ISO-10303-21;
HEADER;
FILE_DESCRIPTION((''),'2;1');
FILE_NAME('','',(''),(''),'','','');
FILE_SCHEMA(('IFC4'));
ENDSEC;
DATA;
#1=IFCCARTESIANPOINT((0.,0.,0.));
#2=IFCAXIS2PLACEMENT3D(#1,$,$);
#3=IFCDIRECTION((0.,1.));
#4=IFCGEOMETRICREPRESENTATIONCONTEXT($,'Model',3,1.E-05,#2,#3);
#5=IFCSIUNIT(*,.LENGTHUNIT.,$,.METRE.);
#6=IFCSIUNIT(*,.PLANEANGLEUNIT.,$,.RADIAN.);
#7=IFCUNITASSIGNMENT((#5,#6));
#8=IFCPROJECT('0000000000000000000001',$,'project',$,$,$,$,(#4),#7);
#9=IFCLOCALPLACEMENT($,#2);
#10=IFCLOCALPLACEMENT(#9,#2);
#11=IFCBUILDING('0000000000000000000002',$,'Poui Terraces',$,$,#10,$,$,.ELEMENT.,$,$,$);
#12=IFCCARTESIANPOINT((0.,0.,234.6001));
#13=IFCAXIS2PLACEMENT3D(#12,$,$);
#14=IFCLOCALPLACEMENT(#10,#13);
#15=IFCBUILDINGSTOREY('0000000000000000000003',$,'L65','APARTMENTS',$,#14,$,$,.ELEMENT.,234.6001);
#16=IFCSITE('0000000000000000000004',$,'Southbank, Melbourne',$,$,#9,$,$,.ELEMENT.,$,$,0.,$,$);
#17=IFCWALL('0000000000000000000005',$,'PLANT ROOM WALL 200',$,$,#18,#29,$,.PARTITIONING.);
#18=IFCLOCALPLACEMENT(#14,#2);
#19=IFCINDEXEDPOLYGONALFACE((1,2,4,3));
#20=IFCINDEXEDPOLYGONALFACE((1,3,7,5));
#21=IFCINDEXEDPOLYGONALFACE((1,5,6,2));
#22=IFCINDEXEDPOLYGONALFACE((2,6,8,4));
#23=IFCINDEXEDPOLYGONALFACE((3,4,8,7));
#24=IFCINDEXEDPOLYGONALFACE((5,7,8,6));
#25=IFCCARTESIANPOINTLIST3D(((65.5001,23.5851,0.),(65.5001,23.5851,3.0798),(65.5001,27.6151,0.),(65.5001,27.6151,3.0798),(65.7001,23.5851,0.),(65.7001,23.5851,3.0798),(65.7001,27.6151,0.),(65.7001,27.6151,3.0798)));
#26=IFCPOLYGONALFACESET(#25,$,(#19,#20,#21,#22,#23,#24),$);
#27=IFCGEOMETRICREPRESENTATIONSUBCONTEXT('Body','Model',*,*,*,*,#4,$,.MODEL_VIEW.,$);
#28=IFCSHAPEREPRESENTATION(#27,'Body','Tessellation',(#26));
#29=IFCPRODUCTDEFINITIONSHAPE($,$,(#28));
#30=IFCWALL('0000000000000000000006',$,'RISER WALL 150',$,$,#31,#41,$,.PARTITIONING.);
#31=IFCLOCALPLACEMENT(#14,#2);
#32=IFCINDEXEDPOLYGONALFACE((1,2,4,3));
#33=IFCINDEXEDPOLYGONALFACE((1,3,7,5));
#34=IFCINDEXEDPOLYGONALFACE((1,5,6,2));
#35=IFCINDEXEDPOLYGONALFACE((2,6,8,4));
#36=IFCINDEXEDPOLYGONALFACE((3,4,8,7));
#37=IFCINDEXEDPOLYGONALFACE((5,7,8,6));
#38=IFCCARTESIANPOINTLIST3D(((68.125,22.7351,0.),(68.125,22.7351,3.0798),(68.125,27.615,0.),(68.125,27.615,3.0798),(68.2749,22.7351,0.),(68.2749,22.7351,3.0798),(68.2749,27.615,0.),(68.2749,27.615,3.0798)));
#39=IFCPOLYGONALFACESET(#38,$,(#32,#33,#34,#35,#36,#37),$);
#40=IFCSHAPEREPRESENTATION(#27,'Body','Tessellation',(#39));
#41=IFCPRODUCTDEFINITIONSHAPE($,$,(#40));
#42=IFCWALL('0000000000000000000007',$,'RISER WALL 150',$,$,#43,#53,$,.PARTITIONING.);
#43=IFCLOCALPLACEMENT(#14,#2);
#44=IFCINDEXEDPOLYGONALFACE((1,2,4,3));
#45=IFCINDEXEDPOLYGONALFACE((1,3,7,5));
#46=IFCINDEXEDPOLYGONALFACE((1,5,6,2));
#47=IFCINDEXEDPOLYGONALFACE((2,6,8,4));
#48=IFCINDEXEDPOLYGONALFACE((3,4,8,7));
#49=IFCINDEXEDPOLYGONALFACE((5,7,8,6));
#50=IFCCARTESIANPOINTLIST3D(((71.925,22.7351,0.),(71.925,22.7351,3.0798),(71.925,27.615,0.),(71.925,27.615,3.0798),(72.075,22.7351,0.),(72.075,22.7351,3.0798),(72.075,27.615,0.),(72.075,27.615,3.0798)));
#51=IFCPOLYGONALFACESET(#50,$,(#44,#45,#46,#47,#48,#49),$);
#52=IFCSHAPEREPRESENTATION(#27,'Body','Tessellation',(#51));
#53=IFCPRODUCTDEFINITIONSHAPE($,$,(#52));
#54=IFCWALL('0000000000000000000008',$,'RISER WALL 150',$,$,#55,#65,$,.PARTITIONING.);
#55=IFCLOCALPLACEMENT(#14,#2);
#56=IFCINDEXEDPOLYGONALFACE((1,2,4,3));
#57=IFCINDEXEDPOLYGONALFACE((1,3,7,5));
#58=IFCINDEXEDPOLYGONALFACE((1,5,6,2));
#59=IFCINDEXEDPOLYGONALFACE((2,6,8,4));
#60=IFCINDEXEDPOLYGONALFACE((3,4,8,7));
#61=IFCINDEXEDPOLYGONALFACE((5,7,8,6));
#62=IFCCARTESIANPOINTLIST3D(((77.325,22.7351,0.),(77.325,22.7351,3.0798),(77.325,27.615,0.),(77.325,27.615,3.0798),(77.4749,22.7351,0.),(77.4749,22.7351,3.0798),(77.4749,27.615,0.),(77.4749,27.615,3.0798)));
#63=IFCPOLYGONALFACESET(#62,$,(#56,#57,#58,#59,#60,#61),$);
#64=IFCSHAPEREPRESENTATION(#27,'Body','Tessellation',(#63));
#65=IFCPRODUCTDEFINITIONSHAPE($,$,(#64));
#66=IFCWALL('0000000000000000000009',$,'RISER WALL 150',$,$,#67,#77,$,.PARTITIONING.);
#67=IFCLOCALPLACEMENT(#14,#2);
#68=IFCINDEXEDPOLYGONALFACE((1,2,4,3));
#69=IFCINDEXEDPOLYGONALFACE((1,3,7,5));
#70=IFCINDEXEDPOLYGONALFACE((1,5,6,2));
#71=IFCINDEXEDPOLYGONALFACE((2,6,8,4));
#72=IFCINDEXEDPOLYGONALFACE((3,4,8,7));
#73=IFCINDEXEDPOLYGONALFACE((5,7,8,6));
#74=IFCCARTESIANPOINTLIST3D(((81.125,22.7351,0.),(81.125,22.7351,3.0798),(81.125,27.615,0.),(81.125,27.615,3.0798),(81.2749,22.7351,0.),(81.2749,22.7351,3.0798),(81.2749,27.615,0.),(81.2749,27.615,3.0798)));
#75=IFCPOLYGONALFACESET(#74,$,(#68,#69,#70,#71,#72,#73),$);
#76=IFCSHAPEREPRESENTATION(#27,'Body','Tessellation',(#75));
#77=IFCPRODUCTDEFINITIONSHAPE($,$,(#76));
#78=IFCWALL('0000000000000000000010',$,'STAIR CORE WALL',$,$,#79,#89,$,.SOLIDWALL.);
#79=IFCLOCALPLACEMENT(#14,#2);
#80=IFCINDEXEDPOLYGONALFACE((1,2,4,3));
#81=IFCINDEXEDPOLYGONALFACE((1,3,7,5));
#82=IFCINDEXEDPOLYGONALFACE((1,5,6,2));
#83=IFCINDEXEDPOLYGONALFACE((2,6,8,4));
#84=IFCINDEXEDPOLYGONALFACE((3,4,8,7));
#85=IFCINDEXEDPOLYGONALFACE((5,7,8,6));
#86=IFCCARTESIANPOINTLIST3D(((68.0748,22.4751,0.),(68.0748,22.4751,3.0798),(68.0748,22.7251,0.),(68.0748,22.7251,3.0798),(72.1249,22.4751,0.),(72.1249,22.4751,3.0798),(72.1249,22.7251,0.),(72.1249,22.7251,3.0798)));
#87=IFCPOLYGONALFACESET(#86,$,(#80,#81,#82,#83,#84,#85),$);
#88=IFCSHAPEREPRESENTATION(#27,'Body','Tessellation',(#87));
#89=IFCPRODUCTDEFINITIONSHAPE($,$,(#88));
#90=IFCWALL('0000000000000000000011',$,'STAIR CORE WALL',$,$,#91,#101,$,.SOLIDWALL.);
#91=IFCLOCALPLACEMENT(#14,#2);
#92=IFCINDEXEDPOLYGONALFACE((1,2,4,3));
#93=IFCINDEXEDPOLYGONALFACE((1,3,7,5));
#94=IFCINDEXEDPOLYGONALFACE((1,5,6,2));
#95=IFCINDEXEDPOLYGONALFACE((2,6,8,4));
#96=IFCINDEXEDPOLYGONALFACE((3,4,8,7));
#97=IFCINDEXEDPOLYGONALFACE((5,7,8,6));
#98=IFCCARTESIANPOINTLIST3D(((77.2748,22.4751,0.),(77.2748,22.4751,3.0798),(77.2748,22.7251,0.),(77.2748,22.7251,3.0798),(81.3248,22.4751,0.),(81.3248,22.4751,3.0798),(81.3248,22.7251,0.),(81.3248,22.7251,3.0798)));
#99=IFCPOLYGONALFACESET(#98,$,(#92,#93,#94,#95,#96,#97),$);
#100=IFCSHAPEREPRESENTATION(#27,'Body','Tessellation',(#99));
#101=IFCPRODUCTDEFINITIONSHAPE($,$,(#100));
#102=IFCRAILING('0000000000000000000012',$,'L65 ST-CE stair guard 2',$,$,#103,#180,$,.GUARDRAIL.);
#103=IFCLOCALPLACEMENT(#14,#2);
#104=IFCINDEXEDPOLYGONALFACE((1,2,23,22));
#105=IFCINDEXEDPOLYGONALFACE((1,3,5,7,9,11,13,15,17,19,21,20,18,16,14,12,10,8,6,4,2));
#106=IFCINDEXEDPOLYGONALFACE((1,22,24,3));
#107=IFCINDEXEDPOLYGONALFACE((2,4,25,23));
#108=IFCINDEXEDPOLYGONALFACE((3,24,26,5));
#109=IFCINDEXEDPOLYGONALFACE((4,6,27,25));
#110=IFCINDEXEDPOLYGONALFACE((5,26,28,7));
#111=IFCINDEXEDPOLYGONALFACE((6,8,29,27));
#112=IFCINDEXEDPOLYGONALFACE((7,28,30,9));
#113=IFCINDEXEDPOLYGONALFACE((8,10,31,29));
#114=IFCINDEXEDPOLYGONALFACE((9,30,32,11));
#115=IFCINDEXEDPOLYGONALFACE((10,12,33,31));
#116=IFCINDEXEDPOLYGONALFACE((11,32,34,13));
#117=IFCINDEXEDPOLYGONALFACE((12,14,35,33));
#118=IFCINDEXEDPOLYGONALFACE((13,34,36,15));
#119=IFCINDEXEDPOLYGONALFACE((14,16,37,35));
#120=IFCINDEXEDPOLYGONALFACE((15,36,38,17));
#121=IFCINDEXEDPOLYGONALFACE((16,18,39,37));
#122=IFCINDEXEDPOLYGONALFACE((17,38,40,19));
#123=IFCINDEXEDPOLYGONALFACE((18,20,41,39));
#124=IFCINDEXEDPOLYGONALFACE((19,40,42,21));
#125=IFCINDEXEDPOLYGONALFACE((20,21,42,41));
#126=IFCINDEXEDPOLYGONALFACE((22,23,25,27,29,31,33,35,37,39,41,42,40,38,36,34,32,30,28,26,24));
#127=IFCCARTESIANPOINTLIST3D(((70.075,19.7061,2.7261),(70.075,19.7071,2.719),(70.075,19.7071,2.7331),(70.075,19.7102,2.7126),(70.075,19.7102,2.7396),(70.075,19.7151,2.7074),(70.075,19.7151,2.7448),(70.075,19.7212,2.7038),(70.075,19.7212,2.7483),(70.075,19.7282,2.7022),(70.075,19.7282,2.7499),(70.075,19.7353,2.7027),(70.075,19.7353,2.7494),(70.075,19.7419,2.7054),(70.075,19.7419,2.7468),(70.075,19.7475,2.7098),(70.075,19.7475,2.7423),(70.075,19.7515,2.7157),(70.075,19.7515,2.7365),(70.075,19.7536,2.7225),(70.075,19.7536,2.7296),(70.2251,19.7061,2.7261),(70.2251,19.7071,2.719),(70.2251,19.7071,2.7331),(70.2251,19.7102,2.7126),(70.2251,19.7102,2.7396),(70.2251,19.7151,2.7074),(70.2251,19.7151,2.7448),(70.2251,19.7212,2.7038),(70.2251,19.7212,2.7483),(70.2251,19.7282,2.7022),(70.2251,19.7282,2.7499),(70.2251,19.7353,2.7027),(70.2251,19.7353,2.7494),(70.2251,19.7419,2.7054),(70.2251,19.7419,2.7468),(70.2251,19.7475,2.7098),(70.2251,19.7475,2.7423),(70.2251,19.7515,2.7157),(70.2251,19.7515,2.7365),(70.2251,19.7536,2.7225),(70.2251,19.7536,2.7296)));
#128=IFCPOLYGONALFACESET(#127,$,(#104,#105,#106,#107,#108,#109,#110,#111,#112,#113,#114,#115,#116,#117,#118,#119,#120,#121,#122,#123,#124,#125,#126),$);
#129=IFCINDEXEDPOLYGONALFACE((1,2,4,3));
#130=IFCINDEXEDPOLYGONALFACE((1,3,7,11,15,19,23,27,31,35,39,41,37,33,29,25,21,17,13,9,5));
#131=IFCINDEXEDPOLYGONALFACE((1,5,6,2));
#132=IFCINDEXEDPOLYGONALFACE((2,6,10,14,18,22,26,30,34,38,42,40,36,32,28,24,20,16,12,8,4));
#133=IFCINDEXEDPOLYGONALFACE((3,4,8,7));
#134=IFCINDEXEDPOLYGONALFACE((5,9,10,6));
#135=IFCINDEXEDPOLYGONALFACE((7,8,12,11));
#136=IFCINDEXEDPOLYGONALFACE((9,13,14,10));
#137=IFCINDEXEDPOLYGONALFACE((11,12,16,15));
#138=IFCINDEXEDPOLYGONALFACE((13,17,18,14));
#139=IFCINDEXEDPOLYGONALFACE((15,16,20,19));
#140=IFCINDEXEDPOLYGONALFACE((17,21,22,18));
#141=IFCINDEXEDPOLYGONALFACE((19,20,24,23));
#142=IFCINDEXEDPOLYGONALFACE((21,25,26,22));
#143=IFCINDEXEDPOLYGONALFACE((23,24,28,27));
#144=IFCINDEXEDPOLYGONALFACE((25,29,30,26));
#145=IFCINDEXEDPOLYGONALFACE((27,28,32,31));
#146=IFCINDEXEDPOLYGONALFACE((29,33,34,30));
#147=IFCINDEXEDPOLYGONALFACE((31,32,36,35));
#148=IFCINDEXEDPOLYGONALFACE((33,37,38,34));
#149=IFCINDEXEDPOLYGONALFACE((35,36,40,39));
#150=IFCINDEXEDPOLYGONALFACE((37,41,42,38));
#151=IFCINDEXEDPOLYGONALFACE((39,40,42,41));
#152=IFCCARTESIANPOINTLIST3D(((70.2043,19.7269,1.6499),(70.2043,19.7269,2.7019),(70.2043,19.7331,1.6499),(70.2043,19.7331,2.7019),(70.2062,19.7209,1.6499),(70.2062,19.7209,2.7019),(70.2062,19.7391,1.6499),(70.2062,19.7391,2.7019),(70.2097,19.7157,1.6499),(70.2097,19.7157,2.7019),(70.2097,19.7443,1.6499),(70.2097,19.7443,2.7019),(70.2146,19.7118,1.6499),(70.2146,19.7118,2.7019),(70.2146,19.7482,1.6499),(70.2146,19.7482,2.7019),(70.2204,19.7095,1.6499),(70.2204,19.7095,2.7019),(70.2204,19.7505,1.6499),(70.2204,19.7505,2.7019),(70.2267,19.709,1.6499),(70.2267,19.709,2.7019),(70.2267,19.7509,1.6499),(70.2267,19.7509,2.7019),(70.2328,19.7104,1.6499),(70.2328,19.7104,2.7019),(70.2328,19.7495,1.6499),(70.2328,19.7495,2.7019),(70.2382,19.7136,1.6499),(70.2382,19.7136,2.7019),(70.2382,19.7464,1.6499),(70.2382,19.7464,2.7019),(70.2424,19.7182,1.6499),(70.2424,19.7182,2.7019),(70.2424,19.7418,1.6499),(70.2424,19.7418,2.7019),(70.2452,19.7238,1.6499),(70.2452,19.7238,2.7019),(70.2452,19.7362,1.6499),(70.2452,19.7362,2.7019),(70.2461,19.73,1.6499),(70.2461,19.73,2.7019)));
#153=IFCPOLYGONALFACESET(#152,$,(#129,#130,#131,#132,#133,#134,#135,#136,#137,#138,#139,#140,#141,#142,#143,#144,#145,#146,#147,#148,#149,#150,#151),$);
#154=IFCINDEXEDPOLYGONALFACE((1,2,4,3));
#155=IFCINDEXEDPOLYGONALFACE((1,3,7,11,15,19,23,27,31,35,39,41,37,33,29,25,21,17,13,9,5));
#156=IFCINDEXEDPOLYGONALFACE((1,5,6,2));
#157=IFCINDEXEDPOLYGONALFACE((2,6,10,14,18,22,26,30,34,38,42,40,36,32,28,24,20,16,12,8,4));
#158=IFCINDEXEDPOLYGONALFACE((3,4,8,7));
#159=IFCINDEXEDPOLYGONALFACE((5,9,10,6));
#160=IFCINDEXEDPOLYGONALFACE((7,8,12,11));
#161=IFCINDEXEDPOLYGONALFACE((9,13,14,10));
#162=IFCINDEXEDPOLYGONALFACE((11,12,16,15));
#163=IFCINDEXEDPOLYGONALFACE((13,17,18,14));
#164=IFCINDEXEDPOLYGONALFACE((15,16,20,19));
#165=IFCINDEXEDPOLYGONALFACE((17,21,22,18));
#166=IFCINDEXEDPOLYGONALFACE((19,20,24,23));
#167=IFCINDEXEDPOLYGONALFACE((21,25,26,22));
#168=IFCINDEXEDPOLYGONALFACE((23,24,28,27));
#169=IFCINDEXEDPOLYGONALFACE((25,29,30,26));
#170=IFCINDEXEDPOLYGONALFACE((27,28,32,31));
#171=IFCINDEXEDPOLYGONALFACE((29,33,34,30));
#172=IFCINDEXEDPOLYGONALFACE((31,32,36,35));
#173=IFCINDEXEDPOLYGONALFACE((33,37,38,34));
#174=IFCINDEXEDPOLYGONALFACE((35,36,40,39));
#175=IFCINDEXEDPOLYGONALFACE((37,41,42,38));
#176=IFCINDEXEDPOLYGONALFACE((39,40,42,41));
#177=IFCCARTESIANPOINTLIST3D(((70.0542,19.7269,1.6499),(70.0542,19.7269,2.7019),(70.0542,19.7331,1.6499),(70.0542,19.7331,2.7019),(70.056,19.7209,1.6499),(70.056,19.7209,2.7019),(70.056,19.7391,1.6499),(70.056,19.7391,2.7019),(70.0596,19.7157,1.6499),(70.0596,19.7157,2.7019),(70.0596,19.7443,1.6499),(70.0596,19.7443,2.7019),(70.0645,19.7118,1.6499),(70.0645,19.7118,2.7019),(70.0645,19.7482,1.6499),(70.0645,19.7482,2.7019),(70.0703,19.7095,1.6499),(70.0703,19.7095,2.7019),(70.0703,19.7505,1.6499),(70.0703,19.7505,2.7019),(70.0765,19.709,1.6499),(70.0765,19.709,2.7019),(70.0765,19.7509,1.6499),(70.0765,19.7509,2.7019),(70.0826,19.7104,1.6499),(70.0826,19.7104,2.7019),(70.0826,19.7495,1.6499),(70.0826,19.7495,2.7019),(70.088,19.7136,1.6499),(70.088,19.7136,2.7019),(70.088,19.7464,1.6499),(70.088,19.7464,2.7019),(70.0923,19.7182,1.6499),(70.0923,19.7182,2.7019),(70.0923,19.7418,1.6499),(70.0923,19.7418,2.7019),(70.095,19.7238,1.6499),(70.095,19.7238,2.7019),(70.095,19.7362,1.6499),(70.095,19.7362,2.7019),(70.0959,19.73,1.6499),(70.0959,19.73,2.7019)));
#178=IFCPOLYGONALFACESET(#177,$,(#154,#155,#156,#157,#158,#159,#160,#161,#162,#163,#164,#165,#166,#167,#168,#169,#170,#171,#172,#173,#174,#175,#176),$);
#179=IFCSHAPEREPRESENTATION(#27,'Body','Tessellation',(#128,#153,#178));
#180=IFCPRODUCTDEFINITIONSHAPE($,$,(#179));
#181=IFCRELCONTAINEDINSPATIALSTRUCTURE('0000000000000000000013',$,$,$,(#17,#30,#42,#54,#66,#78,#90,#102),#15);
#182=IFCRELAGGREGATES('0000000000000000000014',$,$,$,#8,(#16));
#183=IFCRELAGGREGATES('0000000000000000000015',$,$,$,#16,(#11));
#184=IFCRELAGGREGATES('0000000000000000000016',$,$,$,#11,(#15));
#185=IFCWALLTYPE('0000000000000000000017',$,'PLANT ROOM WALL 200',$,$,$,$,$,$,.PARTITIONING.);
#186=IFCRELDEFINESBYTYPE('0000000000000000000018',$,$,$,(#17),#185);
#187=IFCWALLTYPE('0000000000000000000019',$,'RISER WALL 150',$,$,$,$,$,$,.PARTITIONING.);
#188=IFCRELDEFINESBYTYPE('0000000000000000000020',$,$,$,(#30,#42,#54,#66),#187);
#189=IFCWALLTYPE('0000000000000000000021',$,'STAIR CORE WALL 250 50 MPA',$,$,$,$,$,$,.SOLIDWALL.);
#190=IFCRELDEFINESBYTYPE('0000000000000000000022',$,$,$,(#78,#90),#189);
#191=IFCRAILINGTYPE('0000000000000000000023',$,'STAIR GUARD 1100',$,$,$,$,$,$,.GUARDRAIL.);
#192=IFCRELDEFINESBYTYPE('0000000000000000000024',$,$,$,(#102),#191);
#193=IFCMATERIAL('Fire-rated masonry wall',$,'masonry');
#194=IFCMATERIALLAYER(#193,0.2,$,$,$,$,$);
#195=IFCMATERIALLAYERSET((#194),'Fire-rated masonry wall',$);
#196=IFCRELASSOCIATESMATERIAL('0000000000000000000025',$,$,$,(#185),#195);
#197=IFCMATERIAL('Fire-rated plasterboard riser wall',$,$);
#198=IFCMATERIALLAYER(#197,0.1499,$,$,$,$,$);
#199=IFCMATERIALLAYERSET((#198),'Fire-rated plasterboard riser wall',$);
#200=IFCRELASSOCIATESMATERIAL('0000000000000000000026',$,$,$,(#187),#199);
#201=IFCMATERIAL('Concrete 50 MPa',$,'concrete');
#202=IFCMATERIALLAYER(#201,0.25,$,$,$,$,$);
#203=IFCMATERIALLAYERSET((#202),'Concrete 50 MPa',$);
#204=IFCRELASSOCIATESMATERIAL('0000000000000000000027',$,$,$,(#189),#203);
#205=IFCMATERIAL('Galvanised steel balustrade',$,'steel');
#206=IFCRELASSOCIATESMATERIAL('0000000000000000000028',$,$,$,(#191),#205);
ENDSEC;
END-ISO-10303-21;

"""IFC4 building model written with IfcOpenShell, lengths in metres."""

from ifc_helpers import new_model, si_unit, direction, frame, frame_2d, origin, origin_2d, place, context, subcontext, project, spatial, rectangle, circle, extrude, material, layer, layer_set, type_object, element, save


model = new_model("IFC4")

# Units and contexts
model_context = context("Model", 3, precision=1e-05, world=origin(), true_north=direction((0.0, 1.0)))
body_context = subcontext(model_context, "Body", "Model", "MODEL_VIEW")
ifc_project = project(units=[si_unit("LENGTHUNIT", "METRE"), si_unit("PLANEANGLEUNIT", "RADIAN")], contexts=[model_context])

# Site, building, storey
site_placement = place(None, origin())
site = spatial("IfcSite", under=ifc_project, at=site_placement, Name="Southbank, Melbourne", CompositionType="ELEMENT", RefElevation=0.0)
building_placement = place(site_placement, origin())
building = spatial("IfcBuilding", under=site, at=building_placement, Name="Poui Terraces", CompositionType="ELEMENT")
storey_placement = place(building_placement, frame((0.0, 0.0, 234.6001)))
storey = spatial("IfcBuildingStorey", under=building, at=storey_placement, Name="L65", Description="APARTMENTS", CompositionType="ELEMENT", Elevation=234.6001)

# Shared definitions
ifc_material_1 = material(Name="Concrete 50 MPa", Category="concrete")

# Walls
ifc_material_2 = material(Name="Fire-rated masonry wall", Category="masonry")
ifc_layer_1 = layer(ifc_material_2, 0.2)
ifc_layer_set_1 = layer_set([ifc_layer_1], Name="Fire-rated masonry wall")
wall_type_1 = type_object("IfcWallType", Name="PLANT ROOM WALL 200", PredefinedType="PARTITIONING", material=ifc_layer_set_1)
wall_1_placement = place(storey_placement, frame((65.6001, 23.585, 0.0), z_axis=(0.0, 0.0, 1.0), x_axis=(0.0, 1.0, 0.0)))
element("IfcWall", 1, at=wall_1_placement, inside=storey, type_object=wall_type_1, Name="PLANT ROOM WALL 200", PredefinedType="PARTITIONING", context=body_context, shape_type="SweptSolid", body=[
    extrude(rectangle(XDim=4.03, YDim=0.2, at=frame_2d((2.0151, 0.0))), origin(), (0.0, 0.0, 1.0), 3.0798),
])
ifc_material_3 = material(Name="Fire-rated plasterboard riser wall")
ifc_layer_2 = layer(ifc_material_3, 0.1499)
ifc_layer_set_2 = layer_set([ifc_layer_2], Name="Fire-rated plasterboard riser wall")
wall_type_2 = type_object("IfcWallType", Name="RISER WALL 150", PredefinedType="PARTITIONING", material=ifc_layer_set_2)
for number, where, z_axis, x_axis, name in (
    (2, (68.2, 22.7351, 0.0), (0.0, 0.0, 1.0), (0.0, 1.0, 0.0), "RISER WALL 150"),
    (3, (72.0, 22.7351, 0.0), (0.0, 0.0, 1.0), (0.0, 1.0, 0.0), "RISER WALL 150"),
    (4, (77.3999, 22.7351, 0.0), (0.0, 0.0, 1.0), (0.0, 1.0, 0.0), "RISER WALL 150"),
    (5, (81.2, 22.7351, 0.0), (0.0, 0.0, 1.0), (0.0, 1.0, 0.0), "RISER WALL 150"),
):
    element("IfcWall", number, at=place(storey_placement, frame(where, z_axis=z_axis, x_axis=x_axis)), inside=storey, type_object=wall_type_2, Name=name, PredefinedType="PARTITIONING", context=body_context, shape_type="SweptSolid", body=[
        extrude(rectangle(XDim=4.8799, YDim=0.1499, at=frame_2d((2.4399, 0.0))), origin(), (0.0, 0.0, 1.0), 3.0798),
    ])
ifc_layer_3 = layer(ifc_material_1, 0.25)
ifc_layer_set_3 = layer_set([ifc_layer_3], Name="Concrete 50 MPa")
wall_type_3 = type_object("IfcWallType", Name="STAIR CORE WALL 250 50 MPA", PredefinedType="SOLIDWALL", material=ifc_layer_set_3)
for number, where, z_axis, x_axis, name in (
    (6, (68.075, 22.6001, 0.0), (0.0, 0.0, 1.0), (1.0, 0.0, 0.0), "STAIR CORE WALL"),
    (7, (77.2749, 22.6001, 0.0), (0.0, 0.0, 1.0), (1.0, 0.0, 0.0), "STAIR CORE WALL"),
):
    element("IfcWall", number, at=place(storey_placement, frame(where, z_axis=z_axis, x_axis=x_axis)), inside=storey, type_object=wall_type_3, Name=name, PredefinedType="SOLIDWALL", context=body_context, shape_type="SweptSolid", body=[
        extrude(rectangle(XDim=4.05, YDim=0.25, at=frame_2d((2.0249, 0.0))), origin(), (0.0, 0.0, 1.0), 3.0798),
    ])

# Railing
ifc_material_4 = material(Name="Galvanised steel balustrade", Category="steel")
railing_type = type_object("IfcRailingType", Name="STAIR GUARD 1100", PredefinedType="GUARDRAIL", material=ifc_material_4)
for number, where, name in (
    (8, (70.2251, 19.73, 1.6499), "L65 ST-CE stair guard 2"),
):
    element("IfcRailing", number, at=place(storey_placement, frame(where)), inside=storey, type_object=railing_type, Name=name, PredefinedType="GUARDRAIL", context=body_context, shape_type="SweptSolid", body=[
        extrude(circle(Radius=0.0239, at=origin_2d()), frame((0.0, 0.0, 1.0762), z_axis=(-1.0, 0.0, 0.0), x_axis=(0.0, -1.0, 0.0)), (0.0, 0.0, 1.0), 0.1501),
        extrude(circle(Radius=0.021, at=origin_2d()), origin(), (0.0, 0.0, 1.0), 1.052),
        extrude(circle(Radius=0.021, at=origin_2d()), frame((-0.1501, 0.0, 0.0)), (0.0, 0.0, 1.0), 1.052),
    ])

save(model, "model.ifc")
